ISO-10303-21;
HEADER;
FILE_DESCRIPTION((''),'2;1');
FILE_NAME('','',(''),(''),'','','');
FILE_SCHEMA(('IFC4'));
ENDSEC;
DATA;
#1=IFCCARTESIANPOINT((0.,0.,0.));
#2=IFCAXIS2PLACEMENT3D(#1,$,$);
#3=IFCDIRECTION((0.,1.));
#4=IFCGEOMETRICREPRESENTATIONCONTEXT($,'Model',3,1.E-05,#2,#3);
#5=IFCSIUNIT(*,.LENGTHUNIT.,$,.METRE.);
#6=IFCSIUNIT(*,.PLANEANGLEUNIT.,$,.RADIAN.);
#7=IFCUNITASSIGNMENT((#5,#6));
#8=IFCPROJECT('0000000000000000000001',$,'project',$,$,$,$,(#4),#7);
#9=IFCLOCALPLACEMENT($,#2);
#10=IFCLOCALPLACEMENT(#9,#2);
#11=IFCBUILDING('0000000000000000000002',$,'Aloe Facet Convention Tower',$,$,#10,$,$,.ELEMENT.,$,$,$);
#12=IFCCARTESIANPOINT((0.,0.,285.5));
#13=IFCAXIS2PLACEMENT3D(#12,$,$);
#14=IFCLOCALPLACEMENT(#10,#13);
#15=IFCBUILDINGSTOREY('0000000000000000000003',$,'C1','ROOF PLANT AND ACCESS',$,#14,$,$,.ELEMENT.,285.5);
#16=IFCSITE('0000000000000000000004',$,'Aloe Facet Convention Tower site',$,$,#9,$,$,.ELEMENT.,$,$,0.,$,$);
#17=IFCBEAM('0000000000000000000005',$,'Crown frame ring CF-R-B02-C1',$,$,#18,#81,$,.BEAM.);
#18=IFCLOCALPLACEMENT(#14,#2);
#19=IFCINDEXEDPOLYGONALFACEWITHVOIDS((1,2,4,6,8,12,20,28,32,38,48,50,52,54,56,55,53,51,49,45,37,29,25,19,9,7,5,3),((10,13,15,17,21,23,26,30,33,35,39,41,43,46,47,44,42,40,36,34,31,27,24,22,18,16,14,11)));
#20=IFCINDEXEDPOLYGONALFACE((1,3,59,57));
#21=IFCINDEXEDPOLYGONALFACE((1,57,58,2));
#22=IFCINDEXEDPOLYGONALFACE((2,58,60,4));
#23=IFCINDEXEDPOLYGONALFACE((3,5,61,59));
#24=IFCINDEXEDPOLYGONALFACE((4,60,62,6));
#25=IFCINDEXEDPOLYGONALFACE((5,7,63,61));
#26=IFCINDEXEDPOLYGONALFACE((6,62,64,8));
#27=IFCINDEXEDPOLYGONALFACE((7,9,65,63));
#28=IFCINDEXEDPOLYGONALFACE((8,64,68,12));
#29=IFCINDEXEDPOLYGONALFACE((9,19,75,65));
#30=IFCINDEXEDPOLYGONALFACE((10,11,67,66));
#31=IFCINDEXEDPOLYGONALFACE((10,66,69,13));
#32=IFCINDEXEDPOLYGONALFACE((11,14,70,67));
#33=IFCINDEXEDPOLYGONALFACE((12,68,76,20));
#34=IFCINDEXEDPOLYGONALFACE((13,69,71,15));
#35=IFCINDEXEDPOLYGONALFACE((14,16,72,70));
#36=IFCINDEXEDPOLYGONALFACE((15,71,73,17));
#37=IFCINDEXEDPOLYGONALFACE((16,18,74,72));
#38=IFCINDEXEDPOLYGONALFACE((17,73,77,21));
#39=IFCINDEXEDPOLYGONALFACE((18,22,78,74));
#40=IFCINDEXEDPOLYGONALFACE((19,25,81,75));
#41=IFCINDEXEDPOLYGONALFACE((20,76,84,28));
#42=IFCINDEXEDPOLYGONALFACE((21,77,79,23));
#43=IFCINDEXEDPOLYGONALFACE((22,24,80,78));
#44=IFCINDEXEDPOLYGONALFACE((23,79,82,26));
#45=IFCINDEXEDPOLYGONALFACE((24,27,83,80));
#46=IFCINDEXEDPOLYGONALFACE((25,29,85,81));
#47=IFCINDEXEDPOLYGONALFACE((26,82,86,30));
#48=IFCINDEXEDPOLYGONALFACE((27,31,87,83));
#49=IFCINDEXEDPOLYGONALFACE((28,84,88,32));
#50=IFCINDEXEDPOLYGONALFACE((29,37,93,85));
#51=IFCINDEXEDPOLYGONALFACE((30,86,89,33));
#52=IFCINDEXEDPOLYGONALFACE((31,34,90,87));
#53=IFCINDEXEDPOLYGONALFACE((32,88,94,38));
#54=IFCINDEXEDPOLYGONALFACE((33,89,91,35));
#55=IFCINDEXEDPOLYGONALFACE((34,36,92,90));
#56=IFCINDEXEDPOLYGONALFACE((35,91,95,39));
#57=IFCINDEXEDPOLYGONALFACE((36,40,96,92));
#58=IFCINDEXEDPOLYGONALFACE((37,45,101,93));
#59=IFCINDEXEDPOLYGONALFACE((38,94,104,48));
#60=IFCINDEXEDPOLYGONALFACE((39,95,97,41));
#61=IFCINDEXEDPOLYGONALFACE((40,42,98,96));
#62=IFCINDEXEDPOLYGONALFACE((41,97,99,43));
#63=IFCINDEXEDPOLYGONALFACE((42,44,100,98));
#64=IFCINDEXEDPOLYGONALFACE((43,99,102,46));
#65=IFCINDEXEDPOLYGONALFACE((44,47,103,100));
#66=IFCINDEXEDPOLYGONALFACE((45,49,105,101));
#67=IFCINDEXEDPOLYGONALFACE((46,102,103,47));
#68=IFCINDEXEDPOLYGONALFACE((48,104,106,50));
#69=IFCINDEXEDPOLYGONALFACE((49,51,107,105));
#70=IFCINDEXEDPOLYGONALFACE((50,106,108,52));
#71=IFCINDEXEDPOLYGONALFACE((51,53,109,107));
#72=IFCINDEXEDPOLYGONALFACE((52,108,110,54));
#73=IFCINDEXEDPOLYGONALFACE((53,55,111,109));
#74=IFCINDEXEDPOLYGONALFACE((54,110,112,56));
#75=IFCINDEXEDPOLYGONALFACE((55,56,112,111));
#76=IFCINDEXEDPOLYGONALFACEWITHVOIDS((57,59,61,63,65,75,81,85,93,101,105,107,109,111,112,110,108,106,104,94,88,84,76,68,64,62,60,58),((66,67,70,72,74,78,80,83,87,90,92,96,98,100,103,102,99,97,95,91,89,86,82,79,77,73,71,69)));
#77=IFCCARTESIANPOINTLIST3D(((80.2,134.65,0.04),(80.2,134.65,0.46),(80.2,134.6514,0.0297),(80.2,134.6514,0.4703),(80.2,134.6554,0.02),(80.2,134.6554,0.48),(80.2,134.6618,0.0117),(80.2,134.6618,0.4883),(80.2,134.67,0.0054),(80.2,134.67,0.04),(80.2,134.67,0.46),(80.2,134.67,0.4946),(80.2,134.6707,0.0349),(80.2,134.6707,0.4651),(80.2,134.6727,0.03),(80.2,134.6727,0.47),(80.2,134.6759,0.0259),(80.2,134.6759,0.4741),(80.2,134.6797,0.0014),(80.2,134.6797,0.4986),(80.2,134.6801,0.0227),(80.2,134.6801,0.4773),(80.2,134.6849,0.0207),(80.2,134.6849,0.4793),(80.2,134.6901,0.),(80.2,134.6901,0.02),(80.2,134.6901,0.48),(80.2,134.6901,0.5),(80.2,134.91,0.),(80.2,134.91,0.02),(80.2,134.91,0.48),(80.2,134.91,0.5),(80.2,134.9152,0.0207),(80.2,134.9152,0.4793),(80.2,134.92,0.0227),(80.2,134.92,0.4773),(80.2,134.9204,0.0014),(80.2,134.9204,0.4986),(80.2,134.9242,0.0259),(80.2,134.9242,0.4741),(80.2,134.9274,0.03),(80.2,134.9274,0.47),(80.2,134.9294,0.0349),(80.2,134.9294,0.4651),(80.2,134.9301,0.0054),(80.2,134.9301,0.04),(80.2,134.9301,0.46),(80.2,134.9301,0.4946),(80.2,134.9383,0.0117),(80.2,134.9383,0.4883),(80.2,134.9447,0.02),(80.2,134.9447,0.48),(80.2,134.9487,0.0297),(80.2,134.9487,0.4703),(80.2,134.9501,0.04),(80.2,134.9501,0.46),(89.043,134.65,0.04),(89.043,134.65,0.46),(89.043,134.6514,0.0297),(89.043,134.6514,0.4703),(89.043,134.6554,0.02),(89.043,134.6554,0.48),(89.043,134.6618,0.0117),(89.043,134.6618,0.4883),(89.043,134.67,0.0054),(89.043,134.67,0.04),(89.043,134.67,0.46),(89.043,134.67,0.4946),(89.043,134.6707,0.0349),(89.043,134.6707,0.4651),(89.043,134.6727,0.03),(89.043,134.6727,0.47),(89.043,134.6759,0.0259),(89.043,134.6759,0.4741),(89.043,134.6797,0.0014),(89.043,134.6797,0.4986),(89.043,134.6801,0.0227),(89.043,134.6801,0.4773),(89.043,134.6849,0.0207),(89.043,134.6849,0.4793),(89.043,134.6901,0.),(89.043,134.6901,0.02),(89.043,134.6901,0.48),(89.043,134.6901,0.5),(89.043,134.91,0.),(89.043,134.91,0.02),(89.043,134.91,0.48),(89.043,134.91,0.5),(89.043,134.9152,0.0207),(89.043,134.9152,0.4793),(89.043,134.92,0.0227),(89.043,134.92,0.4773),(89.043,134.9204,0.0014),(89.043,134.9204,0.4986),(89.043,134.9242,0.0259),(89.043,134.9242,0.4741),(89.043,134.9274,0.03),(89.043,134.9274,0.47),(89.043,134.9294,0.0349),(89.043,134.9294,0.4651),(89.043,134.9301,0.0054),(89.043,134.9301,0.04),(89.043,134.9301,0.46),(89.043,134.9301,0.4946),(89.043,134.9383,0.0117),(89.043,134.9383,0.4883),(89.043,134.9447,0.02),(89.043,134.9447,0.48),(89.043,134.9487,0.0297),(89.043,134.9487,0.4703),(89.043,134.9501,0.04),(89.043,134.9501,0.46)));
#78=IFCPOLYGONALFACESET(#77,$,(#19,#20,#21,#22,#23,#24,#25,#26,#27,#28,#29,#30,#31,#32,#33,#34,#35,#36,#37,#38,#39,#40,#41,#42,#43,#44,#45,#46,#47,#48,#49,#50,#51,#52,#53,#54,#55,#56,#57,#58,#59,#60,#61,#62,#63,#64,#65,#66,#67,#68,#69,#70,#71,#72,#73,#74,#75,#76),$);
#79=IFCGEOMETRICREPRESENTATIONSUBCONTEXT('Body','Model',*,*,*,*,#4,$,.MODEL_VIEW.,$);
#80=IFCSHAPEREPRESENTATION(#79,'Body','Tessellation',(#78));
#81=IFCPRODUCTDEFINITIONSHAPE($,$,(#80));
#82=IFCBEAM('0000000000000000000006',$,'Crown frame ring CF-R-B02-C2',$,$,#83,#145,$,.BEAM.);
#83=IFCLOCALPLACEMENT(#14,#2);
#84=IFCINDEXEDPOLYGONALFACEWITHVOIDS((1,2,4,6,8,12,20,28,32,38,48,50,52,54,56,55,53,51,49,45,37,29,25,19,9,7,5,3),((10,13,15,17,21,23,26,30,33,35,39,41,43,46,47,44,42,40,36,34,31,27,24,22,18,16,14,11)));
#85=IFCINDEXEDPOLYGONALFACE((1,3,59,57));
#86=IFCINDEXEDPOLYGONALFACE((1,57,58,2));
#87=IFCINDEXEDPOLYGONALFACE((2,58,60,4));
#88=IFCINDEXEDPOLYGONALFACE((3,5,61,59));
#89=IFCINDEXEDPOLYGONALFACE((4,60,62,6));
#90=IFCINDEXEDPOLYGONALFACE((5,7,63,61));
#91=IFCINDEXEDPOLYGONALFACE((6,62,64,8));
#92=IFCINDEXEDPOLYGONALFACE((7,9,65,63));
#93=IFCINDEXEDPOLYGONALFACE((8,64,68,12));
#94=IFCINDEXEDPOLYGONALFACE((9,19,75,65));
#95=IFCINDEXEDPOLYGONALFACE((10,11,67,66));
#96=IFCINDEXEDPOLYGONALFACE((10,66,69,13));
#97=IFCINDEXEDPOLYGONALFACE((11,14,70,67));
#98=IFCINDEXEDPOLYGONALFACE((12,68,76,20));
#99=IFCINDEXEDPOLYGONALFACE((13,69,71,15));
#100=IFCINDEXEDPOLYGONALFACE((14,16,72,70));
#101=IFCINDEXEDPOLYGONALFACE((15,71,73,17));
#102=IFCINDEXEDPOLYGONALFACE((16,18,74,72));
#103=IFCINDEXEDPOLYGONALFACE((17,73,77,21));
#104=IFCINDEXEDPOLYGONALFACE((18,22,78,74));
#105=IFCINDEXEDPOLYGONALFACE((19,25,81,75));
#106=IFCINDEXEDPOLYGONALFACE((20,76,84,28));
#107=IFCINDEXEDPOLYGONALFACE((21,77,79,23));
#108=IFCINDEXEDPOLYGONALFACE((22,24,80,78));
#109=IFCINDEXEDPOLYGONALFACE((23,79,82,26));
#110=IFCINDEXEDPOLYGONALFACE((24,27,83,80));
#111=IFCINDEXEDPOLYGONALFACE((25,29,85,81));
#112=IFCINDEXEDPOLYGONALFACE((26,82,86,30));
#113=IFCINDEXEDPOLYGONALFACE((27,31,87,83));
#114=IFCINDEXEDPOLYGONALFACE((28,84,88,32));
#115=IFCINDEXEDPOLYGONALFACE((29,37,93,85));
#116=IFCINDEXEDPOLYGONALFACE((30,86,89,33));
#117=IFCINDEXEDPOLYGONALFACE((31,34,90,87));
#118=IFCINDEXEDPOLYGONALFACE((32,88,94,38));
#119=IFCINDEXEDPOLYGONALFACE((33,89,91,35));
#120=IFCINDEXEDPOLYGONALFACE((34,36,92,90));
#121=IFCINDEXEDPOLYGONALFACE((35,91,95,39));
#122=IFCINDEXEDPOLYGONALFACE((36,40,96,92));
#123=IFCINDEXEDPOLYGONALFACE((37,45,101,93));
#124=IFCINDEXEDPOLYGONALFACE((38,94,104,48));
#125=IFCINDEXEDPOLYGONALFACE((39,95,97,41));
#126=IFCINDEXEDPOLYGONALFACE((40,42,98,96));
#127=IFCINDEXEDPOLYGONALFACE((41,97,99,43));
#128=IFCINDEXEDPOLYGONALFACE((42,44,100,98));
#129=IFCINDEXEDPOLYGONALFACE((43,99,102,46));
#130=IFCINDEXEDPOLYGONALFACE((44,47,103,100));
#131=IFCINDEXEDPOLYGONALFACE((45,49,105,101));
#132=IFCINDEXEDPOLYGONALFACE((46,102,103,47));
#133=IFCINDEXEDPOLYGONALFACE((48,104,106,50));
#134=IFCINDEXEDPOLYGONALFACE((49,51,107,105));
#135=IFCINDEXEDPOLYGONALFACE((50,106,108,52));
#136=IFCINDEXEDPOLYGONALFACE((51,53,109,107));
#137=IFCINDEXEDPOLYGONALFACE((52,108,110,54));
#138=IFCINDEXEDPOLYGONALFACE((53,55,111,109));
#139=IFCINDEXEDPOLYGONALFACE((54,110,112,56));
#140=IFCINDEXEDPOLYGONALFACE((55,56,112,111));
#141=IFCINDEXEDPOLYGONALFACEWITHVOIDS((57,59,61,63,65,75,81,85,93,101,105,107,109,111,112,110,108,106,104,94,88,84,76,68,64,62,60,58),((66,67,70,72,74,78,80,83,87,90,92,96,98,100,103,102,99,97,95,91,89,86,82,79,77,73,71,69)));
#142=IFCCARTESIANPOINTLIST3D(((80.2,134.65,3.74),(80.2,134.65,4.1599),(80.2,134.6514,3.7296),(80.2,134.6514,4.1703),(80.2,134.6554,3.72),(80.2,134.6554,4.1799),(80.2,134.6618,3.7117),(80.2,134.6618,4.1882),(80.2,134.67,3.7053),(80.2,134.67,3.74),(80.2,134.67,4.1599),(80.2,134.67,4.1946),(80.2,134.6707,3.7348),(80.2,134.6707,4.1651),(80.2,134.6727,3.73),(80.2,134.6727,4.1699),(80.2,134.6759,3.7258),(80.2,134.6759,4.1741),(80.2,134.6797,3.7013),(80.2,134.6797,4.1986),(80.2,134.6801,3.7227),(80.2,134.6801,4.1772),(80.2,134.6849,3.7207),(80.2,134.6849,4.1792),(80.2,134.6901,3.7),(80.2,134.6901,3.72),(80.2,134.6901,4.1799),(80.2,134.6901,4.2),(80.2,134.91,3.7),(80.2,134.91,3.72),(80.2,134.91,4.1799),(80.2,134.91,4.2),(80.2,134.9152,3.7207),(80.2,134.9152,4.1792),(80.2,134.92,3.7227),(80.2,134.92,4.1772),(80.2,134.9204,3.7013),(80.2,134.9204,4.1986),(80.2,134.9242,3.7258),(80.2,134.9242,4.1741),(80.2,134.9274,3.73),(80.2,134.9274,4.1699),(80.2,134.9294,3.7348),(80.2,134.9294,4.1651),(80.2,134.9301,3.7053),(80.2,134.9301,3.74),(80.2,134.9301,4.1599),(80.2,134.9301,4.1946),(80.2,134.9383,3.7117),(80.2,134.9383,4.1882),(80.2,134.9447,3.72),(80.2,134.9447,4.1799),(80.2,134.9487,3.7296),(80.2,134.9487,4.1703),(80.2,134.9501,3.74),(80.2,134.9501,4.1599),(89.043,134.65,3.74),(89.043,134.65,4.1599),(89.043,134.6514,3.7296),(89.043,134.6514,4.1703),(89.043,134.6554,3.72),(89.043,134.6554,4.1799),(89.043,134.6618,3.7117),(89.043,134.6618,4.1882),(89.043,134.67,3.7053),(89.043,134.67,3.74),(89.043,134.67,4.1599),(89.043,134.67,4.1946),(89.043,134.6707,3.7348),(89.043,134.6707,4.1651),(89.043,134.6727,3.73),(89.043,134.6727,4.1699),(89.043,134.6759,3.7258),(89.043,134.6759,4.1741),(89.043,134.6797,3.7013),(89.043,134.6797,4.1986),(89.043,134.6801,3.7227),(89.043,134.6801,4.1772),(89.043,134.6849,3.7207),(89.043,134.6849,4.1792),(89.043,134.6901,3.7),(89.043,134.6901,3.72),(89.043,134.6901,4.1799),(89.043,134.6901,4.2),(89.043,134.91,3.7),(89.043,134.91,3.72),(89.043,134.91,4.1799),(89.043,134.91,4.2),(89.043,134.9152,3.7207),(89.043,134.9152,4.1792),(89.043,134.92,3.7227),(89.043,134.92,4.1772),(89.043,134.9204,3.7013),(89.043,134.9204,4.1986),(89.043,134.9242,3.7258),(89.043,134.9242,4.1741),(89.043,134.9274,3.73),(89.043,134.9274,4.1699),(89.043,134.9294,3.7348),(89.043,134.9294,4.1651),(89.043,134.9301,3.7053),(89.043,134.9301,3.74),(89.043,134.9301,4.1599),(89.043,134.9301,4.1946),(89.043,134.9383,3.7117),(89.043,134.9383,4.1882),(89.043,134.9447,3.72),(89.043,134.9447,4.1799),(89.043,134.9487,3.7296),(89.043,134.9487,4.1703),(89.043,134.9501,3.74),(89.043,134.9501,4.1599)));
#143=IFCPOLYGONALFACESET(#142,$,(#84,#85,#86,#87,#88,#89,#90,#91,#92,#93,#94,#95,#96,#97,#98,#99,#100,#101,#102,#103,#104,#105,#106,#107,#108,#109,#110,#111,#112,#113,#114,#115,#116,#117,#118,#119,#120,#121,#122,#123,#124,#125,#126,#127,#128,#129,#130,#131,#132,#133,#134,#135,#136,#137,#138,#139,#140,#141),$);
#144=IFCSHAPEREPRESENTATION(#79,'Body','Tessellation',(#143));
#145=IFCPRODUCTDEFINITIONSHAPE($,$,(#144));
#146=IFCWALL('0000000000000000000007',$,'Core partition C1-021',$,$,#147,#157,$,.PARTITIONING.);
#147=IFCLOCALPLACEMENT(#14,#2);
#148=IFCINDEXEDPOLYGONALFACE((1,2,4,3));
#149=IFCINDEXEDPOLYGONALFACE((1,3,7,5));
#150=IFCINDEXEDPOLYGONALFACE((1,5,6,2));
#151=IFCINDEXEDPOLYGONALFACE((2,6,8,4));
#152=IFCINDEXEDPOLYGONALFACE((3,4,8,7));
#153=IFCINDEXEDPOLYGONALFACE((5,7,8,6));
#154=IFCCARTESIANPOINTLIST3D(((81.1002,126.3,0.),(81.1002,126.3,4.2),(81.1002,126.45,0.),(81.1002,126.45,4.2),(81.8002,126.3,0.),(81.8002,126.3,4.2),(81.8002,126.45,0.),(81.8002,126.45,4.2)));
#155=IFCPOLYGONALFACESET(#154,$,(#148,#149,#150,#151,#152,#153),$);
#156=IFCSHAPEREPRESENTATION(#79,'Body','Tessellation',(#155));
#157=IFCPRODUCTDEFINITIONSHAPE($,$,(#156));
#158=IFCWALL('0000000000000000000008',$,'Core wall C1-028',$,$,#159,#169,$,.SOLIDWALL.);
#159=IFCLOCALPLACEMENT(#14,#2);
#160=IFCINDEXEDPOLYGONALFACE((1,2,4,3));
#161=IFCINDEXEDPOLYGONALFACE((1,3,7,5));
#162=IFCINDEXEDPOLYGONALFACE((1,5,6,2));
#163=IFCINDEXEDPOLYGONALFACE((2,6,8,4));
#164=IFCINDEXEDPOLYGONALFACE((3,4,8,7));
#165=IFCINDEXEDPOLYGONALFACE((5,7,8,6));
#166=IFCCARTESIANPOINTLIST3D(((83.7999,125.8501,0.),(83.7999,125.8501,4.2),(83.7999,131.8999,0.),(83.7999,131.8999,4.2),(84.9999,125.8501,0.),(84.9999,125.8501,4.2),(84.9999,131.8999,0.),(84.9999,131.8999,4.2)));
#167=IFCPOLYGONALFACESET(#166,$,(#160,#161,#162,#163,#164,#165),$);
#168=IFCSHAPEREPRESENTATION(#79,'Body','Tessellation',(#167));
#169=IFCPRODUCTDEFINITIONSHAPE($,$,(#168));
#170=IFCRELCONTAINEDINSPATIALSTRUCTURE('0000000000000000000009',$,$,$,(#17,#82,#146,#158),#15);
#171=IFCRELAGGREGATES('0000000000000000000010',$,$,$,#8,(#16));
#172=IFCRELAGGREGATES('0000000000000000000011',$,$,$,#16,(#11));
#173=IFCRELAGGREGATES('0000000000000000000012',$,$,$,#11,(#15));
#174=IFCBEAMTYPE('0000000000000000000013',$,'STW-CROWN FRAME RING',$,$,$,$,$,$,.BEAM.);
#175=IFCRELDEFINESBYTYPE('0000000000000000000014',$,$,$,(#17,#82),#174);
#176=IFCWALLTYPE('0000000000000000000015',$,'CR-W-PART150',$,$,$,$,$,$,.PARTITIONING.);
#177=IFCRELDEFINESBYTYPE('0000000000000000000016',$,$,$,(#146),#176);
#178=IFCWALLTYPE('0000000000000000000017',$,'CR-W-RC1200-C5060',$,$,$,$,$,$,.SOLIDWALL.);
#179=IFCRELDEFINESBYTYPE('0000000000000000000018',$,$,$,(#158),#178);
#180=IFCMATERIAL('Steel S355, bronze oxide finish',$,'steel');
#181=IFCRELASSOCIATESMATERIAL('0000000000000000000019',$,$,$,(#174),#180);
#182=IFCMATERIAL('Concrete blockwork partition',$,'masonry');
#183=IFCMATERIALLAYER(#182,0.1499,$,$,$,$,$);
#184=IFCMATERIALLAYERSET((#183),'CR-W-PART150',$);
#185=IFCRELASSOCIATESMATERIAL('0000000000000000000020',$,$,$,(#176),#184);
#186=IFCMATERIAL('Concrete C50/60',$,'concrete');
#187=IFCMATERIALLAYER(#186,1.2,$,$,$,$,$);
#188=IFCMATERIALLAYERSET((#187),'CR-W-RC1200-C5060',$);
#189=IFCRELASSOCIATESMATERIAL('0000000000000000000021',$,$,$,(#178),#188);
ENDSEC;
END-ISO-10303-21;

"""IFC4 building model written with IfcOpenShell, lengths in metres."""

from ifc_helpers import new_model, si_unit, direction, frame, frame_2d, origin, origin_2d, place, context, subcontext, project, spatial, rectangle, hollow_rectangle, extrude, material, layer, layer_set, material_profile, profile_set, type_object, element, save


model = new_model("IFC4")

# Units and contexts
model_context = context("Model", 3, precision=1e-05, world=origin(), true_north=direction((0.0, 1.0)))
body_context = subcontext(model_context, "Body", "Model", "MODEL_VIEW")
ifc_project = project(units=[si_unit("LENGTHUNIT", "METRE"), si_unit("PLANEANGLEUNIT", "RADIAN")], contexts=[model_context])

# Site, building, storey
site_placement = place(None, origin())
site = spatial("IfcSite", under=ifc_project, at=site_placement, Name="Aloe Facet Convention Tower site", CompositionType="ELEMENT", RefElevation=0.0)
building_placement = place(site_placement, origin())
building = spatial("IfcBuilding", under=site, at=building_placement, Name="Aloe Facet Convention Tower", CompositionType="ELEMENT")
storey_placement = place(building_placement, frame((0.0, 0.0, 285.5)))
storey = spatial("IfcBuildingStorey", under=building, at=storey_placement, Name="C1", Description="ROOF PLANT AND ACCESS", CompositionType="ELEMENT", Elevation=285.5)

# Beams
ifc_material_1 = material(Name="Steel S355, bronze oxide finish", Category="steel")
ifc_material_profile_1 = material_profile(ifc_material_1, hollow_rectangle(XDim=0.3, YDim=0.5, WallThickness=0.02, InnerFilletRadius=0.02, OuterFilletRadius=0.04, at=origin_2d()), Name="RHS 500x300x20")
ifc_profile_set_1 = profile_set([ifc_material_profile_1], Name="Steel S355, bronze oxide finish")
beam_type = type_object("IfcBeamType", Name="STW-CROWN FRAME RING", PredefinedType="BEAM", material=ifc_profile_set_1)
for number, where, z_axis, x_axis, name in (
    (1, (89.043, 134.8, 0.25), (-1.0, 0.0, 0.0), (0.0, -1.0, 0.0), "Crown frame ring CF-R-B02-C1"),
    (2, (89.043, 134.8, 3.95), (-1.0, 0.0, 0.0), (0.0, -1.0, 0.0), "Crown frame ring CF-R-B02-C2"),
):
    element("IfcBeam", number, at=place(storey_placement, frame(where, z_axis=z_axis, x_axis=x_axis)), inside=storey, type_object=beam_type, Name=name, PredefinedType="BEAM", context=body_context, shape_type="SweptSolid", body=[
        extrude(hollow_rectangle(XDim=0.3, YDim=0.5, WallThickness=0.02, InnerFilletRadius=0.02, OuterFilletRadius=0.04, at=origin_2d()), origin(), (0.0, 0.0, 1.0), 8.843),
    ])

# Walls
ifc_material_2 = material(Name="Concrete blockwork partition", Category="masonry")
ifc_layer_1 = layer(ifc_material_2, 0.1499)
ifc_layer_set_1 = layer_set([ifc_layer_1], Name="CR-W-PART150")
wall_type_1 = type_object("IfcWallType", Name="CR-W-PART150", PredefinedType="PARTITIONING", material=ifc_layer_set_1)
wall_1_placement = place(storey_placement, frame((81.1001, 126.375, 0.0), z_axis=(0.0, 0.0, 1.0), x_axis=(1.0, 0.0, 0.0)))
element("IfcWall", 3, at=wall_1_placement, inside=storey, type_object=wall_type_1, Name="Core partition C1-021", PredefinedType="PARTITIONING", context=body_context, shape_type="SweptSolid", body=[
    extrude(rectangle(XDim=0.7, YDim=0.1499, at=frame_2d((0.3501, 0.0))), origin(), (0.0, 0.0, 1.0), 4.2),
])
ifc_material_3 = material(Name="Concrete C50/60", Category="concrete")
ifc_layer_2 = layer(ifc_material_3, 1.2)
ifc_layer_set_2 = layer_set([ifc_layer_2], Name="CR-W-RC1200-C5060")
wall_type_2 = type_object("IfcWallType", Name="CR-W-RC1200-C5060", PredefinedType="SOLIDWALL", material=ifc_layer_set_2)
wall_2_placement = place(storey_placement, frame((84.3999, 131.8999, 0.0), z_axis=(0.0, 0.0, 1.0), x_axis=(0.0, -1.0, 0.0)))
element("IfcWall", 4, at=wall_2_placement, inside=storey, type_object=wall_type_2, Name="Core wall C1-028", PredefinedType="SOLIDWALL", context=body_context, shape_type="SweptSolid", body=[
    extrude(rectangle(XDim=6.0498, YDim=1.2, at=frame_2d((3.0249, 0.0))), origin(), (0.0, 0.0, 1.0), 4.2),
])

save(model, "model.ifc")
